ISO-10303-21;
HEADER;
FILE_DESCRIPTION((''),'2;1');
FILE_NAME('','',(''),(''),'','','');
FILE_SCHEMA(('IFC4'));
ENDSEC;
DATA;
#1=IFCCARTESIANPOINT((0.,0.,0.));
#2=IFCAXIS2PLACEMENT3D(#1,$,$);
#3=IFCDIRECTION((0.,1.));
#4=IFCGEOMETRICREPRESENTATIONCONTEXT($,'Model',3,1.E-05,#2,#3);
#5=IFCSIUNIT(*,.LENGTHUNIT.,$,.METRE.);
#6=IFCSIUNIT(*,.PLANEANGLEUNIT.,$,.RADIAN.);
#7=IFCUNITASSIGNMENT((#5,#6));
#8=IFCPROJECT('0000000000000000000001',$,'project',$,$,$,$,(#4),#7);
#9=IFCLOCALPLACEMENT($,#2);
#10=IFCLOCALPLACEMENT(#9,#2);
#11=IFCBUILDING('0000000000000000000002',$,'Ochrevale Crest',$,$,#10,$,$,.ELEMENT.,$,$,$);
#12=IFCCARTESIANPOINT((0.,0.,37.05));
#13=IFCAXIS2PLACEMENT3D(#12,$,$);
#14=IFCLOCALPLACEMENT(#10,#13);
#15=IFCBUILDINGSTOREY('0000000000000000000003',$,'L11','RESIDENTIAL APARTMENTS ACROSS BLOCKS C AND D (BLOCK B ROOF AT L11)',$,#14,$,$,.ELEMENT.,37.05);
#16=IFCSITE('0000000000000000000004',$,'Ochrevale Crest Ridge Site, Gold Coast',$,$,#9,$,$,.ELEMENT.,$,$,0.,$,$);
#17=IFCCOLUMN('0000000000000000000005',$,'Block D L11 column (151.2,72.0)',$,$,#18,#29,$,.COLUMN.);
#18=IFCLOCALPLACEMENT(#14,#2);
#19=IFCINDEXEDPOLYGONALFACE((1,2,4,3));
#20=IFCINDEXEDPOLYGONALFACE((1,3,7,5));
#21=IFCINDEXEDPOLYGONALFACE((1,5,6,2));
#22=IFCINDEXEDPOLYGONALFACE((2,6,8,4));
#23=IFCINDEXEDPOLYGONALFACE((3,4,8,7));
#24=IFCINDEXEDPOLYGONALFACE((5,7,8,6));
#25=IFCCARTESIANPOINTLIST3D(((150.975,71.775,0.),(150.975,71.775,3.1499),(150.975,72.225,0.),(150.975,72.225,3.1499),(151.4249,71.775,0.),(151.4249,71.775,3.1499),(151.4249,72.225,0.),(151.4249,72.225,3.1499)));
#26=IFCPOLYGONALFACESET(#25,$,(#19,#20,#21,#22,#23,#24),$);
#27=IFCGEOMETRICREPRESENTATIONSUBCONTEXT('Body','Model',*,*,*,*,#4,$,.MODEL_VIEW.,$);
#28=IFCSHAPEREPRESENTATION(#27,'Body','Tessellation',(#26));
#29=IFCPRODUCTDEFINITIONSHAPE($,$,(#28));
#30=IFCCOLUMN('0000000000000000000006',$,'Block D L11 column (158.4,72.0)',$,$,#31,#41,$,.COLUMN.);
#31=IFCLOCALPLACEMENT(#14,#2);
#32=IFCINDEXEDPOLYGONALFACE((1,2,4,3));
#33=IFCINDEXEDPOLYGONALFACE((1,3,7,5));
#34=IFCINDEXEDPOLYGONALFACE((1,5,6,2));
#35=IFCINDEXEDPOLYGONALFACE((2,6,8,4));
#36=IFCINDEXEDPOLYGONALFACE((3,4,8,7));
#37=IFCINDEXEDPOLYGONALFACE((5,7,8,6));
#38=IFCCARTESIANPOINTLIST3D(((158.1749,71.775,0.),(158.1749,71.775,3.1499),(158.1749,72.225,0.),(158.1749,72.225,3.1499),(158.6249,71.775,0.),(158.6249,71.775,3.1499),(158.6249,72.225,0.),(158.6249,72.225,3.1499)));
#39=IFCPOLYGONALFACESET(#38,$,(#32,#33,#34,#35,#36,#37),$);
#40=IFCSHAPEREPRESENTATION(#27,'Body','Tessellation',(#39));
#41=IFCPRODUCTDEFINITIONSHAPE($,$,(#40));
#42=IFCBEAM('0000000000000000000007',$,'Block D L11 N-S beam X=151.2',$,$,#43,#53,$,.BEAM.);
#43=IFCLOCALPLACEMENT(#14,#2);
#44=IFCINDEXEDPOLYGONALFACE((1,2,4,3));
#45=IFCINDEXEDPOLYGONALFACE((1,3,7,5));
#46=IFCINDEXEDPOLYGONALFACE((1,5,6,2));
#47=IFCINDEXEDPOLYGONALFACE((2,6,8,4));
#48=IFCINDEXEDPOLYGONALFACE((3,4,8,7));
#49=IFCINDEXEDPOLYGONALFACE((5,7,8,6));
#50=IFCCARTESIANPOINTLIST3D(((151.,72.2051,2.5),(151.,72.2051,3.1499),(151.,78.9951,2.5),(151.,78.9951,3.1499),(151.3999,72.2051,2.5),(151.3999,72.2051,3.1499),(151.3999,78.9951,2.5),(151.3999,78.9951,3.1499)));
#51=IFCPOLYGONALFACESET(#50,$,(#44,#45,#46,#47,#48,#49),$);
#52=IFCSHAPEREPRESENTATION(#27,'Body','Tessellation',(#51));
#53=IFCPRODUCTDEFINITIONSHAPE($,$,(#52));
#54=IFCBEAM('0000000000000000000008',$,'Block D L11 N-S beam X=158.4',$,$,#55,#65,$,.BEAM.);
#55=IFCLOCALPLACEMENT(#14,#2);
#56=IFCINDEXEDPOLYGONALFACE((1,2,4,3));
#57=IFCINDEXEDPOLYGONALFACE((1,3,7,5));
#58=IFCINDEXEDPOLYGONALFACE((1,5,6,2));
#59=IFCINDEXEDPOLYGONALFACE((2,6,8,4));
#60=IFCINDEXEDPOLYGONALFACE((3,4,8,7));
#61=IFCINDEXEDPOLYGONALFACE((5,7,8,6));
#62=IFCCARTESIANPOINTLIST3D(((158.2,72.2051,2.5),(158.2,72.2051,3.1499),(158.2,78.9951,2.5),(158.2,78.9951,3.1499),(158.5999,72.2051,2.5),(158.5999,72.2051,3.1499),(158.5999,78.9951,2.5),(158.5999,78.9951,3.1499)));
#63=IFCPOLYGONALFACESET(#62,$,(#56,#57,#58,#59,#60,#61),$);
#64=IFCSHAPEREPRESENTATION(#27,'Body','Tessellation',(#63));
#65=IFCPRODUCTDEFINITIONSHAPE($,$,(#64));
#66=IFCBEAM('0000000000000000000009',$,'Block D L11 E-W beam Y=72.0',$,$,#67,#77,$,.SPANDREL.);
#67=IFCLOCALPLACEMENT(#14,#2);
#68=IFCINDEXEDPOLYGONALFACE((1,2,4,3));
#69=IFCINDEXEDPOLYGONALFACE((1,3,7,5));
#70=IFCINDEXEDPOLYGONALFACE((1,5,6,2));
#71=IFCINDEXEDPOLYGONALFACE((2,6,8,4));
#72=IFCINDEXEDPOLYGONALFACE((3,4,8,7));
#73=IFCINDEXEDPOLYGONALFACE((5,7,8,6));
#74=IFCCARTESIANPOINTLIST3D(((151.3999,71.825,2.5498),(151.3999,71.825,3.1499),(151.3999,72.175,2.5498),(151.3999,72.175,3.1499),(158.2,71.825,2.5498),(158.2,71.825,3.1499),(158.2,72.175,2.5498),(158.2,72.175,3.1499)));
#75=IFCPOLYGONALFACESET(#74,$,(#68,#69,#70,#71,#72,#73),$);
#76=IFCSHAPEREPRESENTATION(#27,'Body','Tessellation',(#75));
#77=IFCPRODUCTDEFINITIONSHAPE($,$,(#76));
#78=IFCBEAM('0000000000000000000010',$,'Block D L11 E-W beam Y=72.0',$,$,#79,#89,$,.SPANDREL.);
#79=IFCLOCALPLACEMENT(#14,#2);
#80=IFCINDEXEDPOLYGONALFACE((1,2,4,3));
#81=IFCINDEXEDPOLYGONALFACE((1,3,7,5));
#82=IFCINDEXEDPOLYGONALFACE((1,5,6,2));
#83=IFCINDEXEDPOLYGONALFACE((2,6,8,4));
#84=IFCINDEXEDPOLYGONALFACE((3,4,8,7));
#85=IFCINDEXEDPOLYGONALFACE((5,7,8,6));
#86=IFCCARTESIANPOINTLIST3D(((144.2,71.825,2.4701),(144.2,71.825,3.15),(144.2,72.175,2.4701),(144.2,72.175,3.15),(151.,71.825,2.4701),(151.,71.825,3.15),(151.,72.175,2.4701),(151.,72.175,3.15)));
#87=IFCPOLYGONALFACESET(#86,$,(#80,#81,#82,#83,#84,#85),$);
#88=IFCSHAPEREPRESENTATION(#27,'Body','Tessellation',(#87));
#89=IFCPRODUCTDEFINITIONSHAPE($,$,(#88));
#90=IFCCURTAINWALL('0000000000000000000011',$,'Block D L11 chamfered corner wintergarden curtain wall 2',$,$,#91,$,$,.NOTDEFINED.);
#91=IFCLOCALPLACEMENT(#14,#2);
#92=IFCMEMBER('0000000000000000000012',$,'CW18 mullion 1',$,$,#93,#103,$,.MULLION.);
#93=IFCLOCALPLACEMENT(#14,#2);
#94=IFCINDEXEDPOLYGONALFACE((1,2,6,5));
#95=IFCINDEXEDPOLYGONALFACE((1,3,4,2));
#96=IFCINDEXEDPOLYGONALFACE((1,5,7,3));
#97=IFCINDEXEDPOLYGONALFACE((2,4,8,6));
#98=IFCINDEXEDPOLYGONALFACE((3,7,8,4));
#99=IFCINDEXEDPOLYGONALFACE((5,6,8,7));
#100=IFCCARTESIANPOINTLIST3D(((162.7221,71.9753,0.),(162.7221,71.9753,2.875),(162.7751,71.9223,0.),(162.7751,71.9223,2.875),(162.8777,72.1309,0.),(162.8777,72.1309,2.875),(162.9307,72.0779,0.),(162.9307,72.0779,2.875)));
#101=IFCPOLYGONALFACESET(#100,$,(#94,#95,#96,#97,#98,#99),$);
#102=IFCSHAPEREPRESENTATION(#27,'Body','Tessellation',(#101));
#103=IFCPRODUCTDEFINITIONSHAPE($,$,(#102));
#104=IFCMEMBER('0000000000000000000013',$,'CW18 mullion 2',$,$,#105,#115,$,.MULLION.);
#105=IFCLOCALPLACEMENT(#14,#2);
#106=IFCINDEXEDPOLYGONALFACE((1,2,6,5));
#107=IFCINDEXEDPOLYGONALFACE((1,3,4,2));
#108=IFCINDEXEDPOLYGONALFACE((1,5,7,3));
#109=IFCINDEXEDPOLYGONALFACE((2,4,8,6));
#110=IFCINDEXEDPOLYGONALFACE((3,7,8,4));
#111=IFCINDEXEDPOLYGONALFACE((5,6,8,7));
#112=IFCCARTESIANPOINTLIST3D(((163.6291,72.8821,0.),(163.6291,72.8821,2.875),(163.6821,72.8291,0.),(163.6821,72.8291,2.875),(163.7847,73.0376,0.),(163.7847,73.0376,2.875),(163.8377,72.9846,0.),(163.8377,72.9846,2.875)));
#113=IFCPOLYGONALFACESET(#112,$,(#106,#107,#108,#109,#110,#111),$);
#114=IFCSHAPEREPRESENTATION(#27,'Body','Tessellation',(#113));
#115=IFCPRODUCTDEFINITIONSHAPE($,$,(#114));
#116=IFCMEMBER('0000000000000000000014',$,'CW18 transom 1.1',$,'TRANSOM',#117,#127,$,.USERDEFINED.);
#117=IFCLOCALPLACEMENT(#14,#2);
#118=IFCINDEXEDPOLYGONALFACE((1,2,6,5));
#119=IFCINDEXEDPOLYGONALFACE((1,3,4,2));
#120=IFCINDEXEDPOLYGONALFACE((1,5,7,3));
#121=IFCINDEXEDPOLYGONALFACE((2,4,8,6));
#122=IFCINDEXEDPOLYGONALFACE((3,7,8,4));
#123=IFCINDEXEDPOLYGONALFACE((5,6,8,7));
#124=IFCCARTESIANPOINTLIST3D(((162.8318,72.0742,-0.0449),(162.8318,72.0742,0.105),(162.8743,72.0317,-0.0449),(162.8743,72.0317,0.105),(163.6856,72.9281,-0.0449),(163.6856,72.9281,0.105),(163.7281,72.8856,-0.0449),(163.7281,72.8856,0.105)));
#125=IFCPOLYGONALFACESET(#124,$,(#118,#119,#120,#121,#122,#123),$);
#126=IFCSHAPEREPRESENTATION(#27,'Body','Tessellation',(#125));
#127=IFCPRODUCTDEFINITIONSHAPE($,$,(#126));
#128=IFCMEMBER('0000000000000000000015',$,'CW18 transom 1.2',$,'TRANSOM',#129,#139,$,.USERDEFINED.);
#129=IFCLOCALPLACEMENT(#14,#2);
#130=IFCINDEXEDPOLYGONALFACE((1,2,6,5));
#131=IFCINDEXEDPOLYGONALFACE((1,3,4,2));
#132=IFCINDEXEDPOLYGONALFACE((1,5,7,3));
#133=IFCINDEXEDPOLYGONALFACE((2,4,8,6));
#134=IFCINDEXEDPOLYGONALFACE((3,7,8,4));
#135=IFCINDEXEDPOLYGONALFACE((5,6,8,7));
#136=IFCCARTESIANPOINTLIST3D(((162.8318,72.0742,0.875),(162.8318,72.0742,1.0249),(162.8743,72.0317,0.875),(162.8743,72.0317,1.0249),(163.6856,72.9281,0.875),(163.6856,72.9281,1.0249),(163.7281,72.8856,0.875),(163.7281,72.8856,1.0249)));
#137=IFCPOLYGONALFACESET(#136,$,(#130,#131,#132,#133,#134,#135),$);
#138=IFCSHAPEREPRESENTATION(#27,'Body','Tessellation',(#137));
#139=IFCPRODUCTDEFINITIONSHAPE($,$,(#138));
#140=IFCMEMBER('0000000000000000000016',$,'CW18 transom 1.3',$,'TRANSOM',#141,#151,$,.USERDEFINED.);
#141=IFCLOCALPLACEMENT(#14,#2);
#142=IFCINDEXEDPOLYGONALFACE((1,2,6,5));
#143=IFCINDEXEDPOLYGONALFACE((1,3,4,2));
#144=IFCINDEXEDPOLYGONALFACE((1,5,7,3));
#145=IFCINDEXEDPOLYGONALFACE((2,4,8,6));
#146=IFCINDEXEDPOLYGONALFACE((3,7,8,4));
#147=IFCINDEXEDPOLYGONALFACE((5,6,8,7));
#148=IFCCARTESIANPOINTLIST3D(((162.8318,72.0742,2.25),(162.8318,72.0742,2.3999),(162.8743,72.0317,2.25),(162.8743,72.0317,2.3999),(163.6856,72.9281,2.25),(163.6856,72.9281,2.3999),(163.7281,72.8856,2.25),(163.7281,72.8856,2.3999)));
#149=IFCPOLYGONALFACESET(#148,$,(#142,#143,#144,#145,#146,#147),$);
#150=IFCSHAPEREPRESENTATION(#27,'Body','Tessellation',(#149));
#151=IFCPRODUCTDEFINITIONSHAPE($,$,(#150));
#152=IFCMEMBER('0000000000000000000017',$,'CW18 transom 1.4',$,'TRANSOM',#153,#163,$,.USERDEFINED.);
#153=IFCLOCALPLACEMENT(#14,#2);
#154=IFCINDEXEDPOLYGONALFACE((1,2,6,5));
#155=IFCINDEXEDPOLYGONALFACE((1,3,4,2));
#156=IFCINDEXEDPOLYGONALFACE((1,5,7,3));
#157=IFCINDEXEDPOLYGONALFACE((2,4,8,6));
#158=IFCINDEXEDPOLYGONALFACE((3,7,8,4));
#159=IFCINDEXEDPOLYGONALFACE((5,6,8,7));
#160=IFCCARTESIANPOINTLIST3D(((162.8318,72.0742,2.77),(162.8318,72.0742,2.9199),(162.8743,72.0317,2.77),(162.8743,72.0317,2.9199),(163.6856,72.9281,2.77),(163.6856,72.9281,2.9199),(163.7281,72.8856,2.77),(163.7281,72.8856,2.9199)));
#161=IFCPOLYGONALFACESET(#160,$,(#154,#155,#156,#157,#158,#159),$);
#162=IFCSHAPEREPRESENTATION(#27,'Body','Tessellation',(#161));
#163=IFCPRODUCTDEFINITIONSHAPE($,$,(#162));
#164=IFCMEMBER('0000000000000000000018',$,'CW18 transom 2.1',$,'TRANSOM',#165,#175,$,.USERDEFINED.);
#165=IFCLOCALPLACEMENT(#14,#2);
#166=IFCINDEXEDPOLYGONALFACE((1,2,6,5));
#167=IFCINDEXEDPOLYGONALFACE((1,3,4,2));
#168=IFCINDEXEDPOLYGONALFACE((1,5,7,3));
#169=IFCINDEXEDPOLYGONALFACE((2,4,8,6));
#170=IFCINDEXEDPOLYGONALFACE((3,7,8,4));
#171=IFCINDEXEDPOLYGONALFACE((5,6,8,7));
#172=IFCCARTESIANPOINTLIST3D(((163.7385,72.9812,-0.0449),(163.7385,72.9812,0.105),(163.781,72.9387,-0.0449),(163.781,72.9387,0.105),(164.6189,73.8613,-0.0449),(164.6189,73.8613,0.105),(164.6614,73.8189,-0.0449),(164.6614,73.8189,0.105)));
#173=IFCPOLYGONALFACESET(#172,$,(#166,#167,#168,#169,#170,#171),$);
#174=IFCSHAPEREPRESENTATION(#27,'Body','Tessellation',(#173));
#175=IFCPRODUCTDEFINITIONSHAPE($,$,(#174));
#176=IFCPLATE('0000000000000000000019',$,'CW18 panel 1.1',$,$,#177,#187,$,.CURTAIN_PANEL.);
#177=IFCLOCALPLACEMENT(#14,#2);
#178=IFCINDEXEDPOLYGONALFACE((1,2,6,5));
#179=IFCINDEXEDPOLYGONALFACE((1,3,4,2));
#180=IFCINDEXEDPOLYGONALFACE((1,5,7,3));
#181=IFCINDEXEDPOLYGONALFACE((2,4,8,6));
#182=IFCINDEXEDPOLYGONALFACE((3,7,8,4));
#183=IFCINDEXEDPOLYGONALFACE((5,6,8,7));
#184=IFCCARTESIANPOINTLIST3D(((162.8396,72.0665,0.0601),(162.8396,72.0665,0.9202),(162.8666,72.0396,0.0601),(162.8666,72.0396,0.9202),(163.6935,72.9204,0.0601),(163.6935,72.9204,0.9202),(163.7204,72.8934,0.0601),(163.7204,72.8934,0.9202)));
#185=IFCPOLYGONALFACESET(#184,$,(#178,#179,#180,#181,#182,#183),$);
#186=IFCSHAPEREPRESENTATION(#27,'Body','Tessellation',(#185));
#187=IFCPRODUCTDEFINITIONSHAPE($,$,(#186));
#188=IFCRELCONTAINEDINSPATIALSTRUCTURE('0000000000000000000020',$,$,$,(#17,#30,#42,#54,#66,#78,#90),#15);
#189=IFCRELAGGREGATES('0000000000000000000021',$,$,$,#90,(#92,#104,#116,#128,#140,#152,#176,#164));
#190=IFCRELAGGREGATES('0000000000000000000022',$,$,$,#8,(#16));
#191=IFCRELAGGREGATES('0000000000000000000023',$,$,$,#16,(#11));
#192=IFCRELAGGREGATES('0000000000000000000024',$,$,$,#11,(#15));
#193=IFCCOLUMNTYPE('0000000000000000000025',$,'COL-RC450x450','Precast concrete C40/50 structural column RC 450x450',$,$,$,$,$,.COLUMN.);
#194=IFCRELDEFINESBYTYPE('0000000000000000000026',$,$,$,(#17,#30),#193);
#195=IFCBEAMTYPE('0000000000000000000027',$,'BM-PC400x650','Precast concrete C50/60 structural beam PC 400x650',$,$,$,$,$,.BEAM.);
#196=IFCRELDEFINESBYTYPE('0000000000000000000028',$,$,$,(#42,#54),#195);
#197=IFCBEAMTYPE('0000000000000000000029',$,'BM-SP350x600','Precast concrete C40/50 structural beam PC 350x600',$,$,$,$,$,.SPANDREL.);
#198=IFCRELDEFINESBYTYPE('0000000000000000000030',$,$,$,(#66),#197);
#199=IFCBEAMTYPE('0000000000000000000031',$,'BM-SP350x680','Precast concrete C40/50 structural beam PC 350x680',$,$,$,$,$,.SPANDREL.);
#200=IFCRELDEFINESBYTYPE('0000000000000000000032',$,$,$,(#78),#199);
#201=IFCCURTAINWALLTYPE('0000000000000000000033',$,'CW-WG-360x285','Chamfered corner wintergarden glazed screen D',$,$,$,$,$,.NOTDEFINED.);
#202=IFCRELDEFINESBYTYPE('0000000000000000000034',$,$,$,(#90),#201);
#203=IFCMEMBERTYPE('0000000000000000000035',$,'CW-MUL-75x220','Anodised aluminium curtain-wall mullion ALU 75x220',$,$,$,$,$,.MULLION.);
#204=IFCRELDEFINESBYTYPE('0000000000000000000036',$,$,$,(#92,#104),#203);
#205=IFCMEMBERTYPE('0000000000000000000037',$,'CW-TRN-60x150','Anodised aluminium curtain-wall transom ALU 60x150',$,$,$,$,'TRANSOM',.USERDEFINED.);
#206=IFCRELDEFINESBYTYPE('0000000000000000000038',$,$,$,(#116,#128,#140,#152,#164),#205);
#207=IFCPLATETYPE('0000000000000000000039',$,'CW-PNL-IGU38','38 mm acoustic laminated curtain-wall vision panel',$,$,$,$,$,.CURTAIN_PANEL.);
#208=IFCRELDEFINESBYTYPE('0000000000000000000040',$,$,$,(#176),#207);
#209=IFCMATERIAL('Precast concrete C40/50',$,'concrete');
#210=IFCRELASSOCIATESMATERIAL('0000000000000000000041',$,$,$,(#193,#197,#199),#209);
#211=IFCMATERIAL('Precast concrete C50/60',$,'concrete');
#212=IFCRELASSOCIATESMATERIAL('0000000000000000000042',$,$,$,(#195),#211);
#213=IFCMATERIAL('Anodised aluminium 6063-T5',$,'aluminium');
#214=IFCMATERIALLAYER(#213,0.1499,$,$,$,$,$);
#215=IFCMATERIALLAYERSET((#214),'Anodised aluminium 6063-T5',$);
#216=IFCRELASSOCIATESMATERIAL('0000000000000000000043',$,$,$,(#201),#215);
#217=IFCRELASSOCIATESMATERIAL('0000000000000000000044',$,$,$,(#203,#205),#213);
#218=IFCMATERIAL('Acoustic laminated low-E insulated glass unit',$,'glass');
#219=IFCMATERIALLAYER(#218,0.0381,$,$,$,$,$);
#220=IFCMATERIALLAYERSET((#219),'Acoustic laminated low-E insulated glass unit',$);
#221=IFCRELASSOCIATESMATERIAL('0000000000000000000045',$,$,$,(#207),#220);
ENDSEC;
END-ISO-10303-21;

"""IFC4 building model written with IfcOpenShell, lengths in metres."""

from ifc_helpers import new_model, si_unit, direction, frame, origin, origin_2d, place, context, subcontext, project, spatial, rectangle, extrude, material, layer, layer_set, material_profile, profile_set, type_object, element, aggregate, save


model = new_model("IFC4")

# Units and contexts
model_context = context("Model", 3, precision=1e-05, world=origin(), true_north=direction((0.0, 1.0)))
body_context = subcontext(model_context, "Body", "Model", "MODEL_VIEW")
ifc_project = project(units=[si_unit("LENGTHUNIT", "METRE"), si_unit("PLANEANGLEUNIT", "RADIAN")], contexts=[model_context])

# Site, building, storey
site_placement = place(None, origin())
site = spatial("IfcSite", under=ifc_project, at=site_placement, Name="Ochrevale Crest Ridge Site, Gold Coast", CompositionType="ELEMENT", RefElevation=0.0)
building_placement = place(site_placement, origin())
building = spatial("IfcBuilding", under=site, at=building_placement, Name="Ochrevale Crest", CompositionType="ELEMENT")
storey_placement = place(building_placement, frame((0.0, 0.0, 37.05)))
storey = spatial("IfcBuildingStorey", under=building, at=storey_placement, Name="L11", Description="RESIDENTIAL APARTMENTS ACROSS BLOCKS C AND D (BLOCK B ROOF AT L11)", CompositionType="ELEMENT", Elevation=37.05)

# Columns
ifc_material_1 = material(Name="Precast concrete C40/50", Category="concrete")
ifc_material_profile_1 = material_profile(ifc_material_1, rectangle(XDim=0.45, YDim=0.45, at=origin_2d()), Name="RC 450x450")
ifc_profile_set_1 = profile_set([ifc_material_profile_1], Name="Precast concrete C40/50")
column_type = type_object("IfcColumnType", Name="COL-RC450x450", Description="Precast concrete C40/50 structural column RC 450x450", PredefinedType="COLUMN", material=ifc_profile_set_1)
for number, where, z_axis, x_axis, name in (
    (1, (151.2, 72.0, 0.0), (0.0, 0.0, 1.0), (1.0, 0.0, 0.0), "Block D L11 column (151.2,72.0)"),
    (2, (158.3999, 72.0, 0.0), (0.0, 0.0, 1.0), (1.0, 0.0, 0.0), "Block D L11 column (158.4,72.0)"),
):
    element("IfcColumn", number, at=place(storey_placement, frame(where, z_axis=z_axis, x_axis=x_axis)), inside=storey, type_object=column_type, Name=name, PredefinedType="COLUMN", context=body_context, shape_type="SweptSolid", body=[
        extrude(rectangle(XDim=0.45, YDim=0.45, at=origin_2d()), origin(), (0.0, 0.0, 1.0), 3.1499),
    ])

# Beams
ifc_material_2 = material(Name="Precast concrete C50/60", Category="concrete")
ifc_material_profile_2 = material_profile(ifc_material_2, rectangle(XDim=0.3999, YDim=0.6499, at=origin_2d()), Name="PC 400x650")
ifc_profile_set_2 = profile_set([ifc_material_profile_2], Name="Precast concrete C50/60")
beam_type_1 = type_object("IfcBeamType", Name="BM-PC400x650", Description="Precast concrete C50/60 structural beam PC 400x650", PredefinedType="BEAM", material=ifc_profile_set_2)
for number, where, z_axis, x_axis, name in (
    (3, (151.2, 72.2051, 2.825), (0.0, 1.0, 0.0), (-1.0, 0.0, 0.0), "Block D L11 N-S beam X=151.2"),
    (4, (158.3999, 72.2051, 2.825), (0.0, 1.0, 0.0), (-1.0, 0.0, 0.0), "Block D L11 N-S beam X=158.4"),
):
    element("IfcBeam", number, at=place(storey_placement, frame(where, z_axis=z_axis, x_axis=x_axis)), inside=storey, type_object=beam_type_1, Name=name, PredefinedType="BEAM", context=body_context, shape_type="SweptSolid", body=[
        extrude(rectangle(XDim=0.3999, YDim=0.6499, at=origin_2d()), origin(), (0.0, 0.0, 1.0), 6.79),
    ])
ifc_material_profile_3 = material_profile(ifc_material_1, rectangle(XDim=0.3501, YDim=0.6001, at=origin_2d()), Name="PC 350x600")
ifc_profile_set_3 = profile_set([ifc_material_profile_3], Name="Precast concrete C40/50")
beam_type_2 = type_object("IfcBeamType", Name="BM-SP350x600", Description="Precast concrete C40/50 structural beam PC 350x600", PredefinedType="SPANDREL", material=ifc_profile_set_3)
beam_1_placement = place(storey_placement, frame((151.3999, 72.0, 2.8499), z_axis=(1.0, 0.0, 0.0), x_axis=(0.0, 1.0, 0.0)))
element("IfcBeam", 5, at=beam_1_placement, inside=storey, type_object=beam_type_2, Name="Block D L11 E-W beam Y=72.0", PredefinedType="SPANDREL", context=body_context, shape_type="SweptSolid", body=[
    extrude(rectangle(XDim=0.3501, YDim=0.6001, at=origin_2d()), origin(), (0.0, 0.0, 1.0), 6.8),
])
ifc_material_profile_4 = material_profile(ifc_material_1, rectangle(XDim=0.3501, YDim=0.6799, at=origin_2d()), Name="PC 350x680")
ifc_profile_set_4 = profile_set([ifc_material_profile_4], Name="Precast concrete C40/50")
beam_type_3 = type_object("IfcBeamType", Name="BM-SP350x680", Description="Precast concrete C40/50 structural beam PC 350x680", PredefinedType="SPANDREL", material=ifc_profile_set_4)
beam_2_placement = place(storey_placement, frame((144.2, 72.0, 2.8101), z_axis=(1.0, 0.0, 0.0), x_axis=(0.0, 1.0, 0.0)))
element("IfcBeam", 6, at=beam_2_placement, inside=storey, type_object=beam_type_3, Name="Block D L11 E-W beam Y=72.0", PredefinedType="SPANDREL", context=body_context, shape_type="SweptSolid", body=[
    extrude(rectangle(XDim=0.3501, YDim=0.6799, at=origin_2d()), origin(), (0.0, 0.0, 1.0), 6.8),
])

# Curtain wall, members, plate
ifc_material_3 = material(Name="Anodised aluminium 6063-T5", Category="aluminium")
ifc_layer_1 = layer(ifc_material_3, 0.1499)
ifc_layer_set_1 = layer_set([ifc_layer_1], Name="Anodised aluminium 6063-T5")
curtain_wall_type = type_object("IfcCurtainWallType", Name="CW-WG-360x285", Description="Chamfered corner wintergarden glazed screen D", PredefinedType="NOTDEFINED", material=ifc_layer_set_1)
curtain_wall_placement = place(storey_placement, origin())
curtain_wall = element("IfcCurtainWall", 7, at=curtain_wall_placement, inside=storey, type_object=curtain_wall_type, Name="Block D L11 chamfered corner wintergarden curtain wall 2", PredefinedType="NOTDEFINED")
ifc_material_profile_5 = material_profile(ifc_material_3, rectangle(XDim=0.075, YDim=0.22, at=origin_2d()), Name="ALU 75x220")
ifc_profile_set_5 = profile_set([ifc_material_profile_5], Name="Anodised aluminium 6063-T5")
member_type_1 = type_object("IfcMemberType", Name="CW-MUL-75x220", Description="Anodised aluminium curtain-wall mullion ALU 75x220", PredefinedType="MULLION", material=ifc_profile_set_5)
member_1_placement = place(storey_placement, frame((162.8264, 72.0266, 0.0), z_axis=(0.0, 0.0, 1.0), x_axis=(-0.707107, 0.707107, 0.0)))
member_1 = element("IfcMember", 8, at=member_1_placement, type_object=member_type_1, Name="CW18 mullion 1", PredefinedType="MULLION", context=body_context, shape_type="SweptSolid", body=[
    extrude(rectangle(XDim=0.075, YDim=0.22, at=origin_2d()), origin(), (0.0, 0.0, 1.0), 2.875),
])
member_2_placement = place(storey_placement, frame((163.7334, 72.9333, 0.0), z_axis=(0.0, 0.0, 1.0), x_axis=(-0.707107, 0.707107, 0.0)))
member_2 = element("IfcMember", 9, at=member_2_placement, type_object=member_type_1, Name="CW18 mullion 2", PredefinedType="MULLION", context=body_context, shape_type="SweptSolid", body=[
    extrude(rectangle(XDim=0.075, YDim=0.22, at=origin_2d()), origin(), (0.0, 0.0, 1.0), 2.875),
])
ifc_material_profile_6 = material_profile(ifc_material_3, rectangle(XDim=0.0601, YDim=0.1499, at=origin_2d()), Name="ALU 60x150")
ifc_profile_set_6 = profile_set([ifc_material_profile_6], Name="Anodised aluminium 6063-T5")
member_type_2 = type_object("IfcMemberType", Name="CW-TRN-60x150", Description="Anodised aluminium curtain-wall transom ALU 60x150", ElementType="TRANSOM", PredefinedType="USERDEFINED", material=ifc_profile_set_6)
member_3_placement = place(storey_placement, frame((162.853, 72.053, 0.03), z_axis=(0.707107, 0.707107, 0.0), x_axis=(-0.707107, 0.707107, 0.0)))
member_3 = element("IfcMember", 10, at=member_3_placement, type_object=member_type_2, Name="CW18 transom 1.1", ObjectType="TRANSOM", PredefinedType="USERDEFINED", context=body_context, shape_type="SweptSolid", body=[
    extrude(rectangle(XDim=0.0601, YDim=0.1499, at=origin_2d()), origin(), (0.0, 0.0, 1.0), 1.2075),
])
member_4_placement = place(storey_placement, frame((162.853, 72.053, 0.95), z_axis=(0.707107, 0.707107, 0.0), x_axis=(-0.707107, 0.707107, 0.0)))
member_4 = element("IfcMember", 11, at=member_4_placement, type_object=member_type_2, Name="CW18 transom 1.2", ObjectType="TRANSOM", PredefinedType="USERDEFINED", context=body_context, shape_type="SweptSolid", body=[
    extrude(rectangle(XDim=0.0601, YDim=0.1499, at=origin_2d()), origin(), (0.0, 0.0, 1.0), 1.2075),
])
member_5_placement = place(storey_placement, frame((162.853, 72.053, 2.325), z_axis=(0.707107, 0.707107, 0.0), x_axis=(-0.707107, 0.707107, 0.0)))
member_5 = element("IfcMember", 12, at=member_5_placement, type_object=member_type_2, Name="CW18 transom 1.3", ObjectType="TRANSOM", PredefinedType="USERDEFINED", context=body_context, shape_type="SweptSolid", body=[
    extrude(rectangle(XDim=0.0601, YDim=0.1499, at=origin_2d()), origin(), (0.0, 0.0, 1.0), 1.2075),
])
member_6_placement = place(storey_placement, frame((162.853, 72.053, 2.845), z_axis=(0.707107, 0.707107, 0.0), x_axis=(-0.707107, 0.707107, 0.0)))
member_6 = element("IfcMember", 13, at=member_6_placement, type_object=member_type_2, Name="CW18 transom 1.4", ObjectType="TRANSOM", PredefinedType="USERDEFINED", context=body_context, shape_type="SweptSolid", body=[
    extrude(rectangle(XDim=0.0601, YDim=0.1499, at=origin_2d()), origin(), (0.0, 0.0, 1.0), 1.2075),
])
member_7_placement = place(storey_placement, frame((163.7598, 72.96, 0.03), z_axis=(0.707205, 0.707009, 0.0), x_axis=(-0.707009, 0.707205, 0.0)))
member_7 = element("IfcMember", 14, at=member_7_placement, type_object=member_type_2, Name="CW18 transom 2.1", ObjectType="TRANSOM", PredefinedType="USERDEFINED", context=body_context, shape_type="SweptSolid", body=[
    extrude(rectangle(XDim=0.0601, YDim=0.1499, at=origin_2d()), origin(), (0.0, 0.0, 1.0), 1.2449),
])
ifc_material_4 = material(Name="Acoustic laminated low-E insulated glass unit", Category="glass")
ifc_layer_2 = layer(ifc_material_4, 0.0381)
ifc_layer_set_2 = layer_set([ifc_layer_2], Name="Acoustic laminated low-E insulated glass unit")
plate_type = type_object("IfcPlateType", Name="CW-PNL-IGU38", Description="38 mm acoustic laminated curtain-wall vision panel", PredefinedType="CURTAIN_PANEL", material=ifc_layer_set_2)
plate_1_placement = place(storey_placement, frame((163.28, 72.48, 0.0601), z_axis=(0.0, 0.0, 1.0), x_axis=(0.707107, 0.707107, 0.0)))
plate_1 = element("IfcPlate", 15, at=plate_1_placement, type_object=plate_type, Name="CW18 panel 1.1", PredefinedType="CURTAIN_PANEL", context=body_context, shape_type="SweptSolid", body=[
    extrude(rectangle(XDim=1.2075, YDim=0.0381, at=origin_2d()), origin(), (0.0, 0.0, 1.0), 0.8601),
])
aggregate(curtain_wall, [member_1, member_2, member_3, member_4, member_5, member_6, plate_1, member_7])

save(model, "model.ifc")
